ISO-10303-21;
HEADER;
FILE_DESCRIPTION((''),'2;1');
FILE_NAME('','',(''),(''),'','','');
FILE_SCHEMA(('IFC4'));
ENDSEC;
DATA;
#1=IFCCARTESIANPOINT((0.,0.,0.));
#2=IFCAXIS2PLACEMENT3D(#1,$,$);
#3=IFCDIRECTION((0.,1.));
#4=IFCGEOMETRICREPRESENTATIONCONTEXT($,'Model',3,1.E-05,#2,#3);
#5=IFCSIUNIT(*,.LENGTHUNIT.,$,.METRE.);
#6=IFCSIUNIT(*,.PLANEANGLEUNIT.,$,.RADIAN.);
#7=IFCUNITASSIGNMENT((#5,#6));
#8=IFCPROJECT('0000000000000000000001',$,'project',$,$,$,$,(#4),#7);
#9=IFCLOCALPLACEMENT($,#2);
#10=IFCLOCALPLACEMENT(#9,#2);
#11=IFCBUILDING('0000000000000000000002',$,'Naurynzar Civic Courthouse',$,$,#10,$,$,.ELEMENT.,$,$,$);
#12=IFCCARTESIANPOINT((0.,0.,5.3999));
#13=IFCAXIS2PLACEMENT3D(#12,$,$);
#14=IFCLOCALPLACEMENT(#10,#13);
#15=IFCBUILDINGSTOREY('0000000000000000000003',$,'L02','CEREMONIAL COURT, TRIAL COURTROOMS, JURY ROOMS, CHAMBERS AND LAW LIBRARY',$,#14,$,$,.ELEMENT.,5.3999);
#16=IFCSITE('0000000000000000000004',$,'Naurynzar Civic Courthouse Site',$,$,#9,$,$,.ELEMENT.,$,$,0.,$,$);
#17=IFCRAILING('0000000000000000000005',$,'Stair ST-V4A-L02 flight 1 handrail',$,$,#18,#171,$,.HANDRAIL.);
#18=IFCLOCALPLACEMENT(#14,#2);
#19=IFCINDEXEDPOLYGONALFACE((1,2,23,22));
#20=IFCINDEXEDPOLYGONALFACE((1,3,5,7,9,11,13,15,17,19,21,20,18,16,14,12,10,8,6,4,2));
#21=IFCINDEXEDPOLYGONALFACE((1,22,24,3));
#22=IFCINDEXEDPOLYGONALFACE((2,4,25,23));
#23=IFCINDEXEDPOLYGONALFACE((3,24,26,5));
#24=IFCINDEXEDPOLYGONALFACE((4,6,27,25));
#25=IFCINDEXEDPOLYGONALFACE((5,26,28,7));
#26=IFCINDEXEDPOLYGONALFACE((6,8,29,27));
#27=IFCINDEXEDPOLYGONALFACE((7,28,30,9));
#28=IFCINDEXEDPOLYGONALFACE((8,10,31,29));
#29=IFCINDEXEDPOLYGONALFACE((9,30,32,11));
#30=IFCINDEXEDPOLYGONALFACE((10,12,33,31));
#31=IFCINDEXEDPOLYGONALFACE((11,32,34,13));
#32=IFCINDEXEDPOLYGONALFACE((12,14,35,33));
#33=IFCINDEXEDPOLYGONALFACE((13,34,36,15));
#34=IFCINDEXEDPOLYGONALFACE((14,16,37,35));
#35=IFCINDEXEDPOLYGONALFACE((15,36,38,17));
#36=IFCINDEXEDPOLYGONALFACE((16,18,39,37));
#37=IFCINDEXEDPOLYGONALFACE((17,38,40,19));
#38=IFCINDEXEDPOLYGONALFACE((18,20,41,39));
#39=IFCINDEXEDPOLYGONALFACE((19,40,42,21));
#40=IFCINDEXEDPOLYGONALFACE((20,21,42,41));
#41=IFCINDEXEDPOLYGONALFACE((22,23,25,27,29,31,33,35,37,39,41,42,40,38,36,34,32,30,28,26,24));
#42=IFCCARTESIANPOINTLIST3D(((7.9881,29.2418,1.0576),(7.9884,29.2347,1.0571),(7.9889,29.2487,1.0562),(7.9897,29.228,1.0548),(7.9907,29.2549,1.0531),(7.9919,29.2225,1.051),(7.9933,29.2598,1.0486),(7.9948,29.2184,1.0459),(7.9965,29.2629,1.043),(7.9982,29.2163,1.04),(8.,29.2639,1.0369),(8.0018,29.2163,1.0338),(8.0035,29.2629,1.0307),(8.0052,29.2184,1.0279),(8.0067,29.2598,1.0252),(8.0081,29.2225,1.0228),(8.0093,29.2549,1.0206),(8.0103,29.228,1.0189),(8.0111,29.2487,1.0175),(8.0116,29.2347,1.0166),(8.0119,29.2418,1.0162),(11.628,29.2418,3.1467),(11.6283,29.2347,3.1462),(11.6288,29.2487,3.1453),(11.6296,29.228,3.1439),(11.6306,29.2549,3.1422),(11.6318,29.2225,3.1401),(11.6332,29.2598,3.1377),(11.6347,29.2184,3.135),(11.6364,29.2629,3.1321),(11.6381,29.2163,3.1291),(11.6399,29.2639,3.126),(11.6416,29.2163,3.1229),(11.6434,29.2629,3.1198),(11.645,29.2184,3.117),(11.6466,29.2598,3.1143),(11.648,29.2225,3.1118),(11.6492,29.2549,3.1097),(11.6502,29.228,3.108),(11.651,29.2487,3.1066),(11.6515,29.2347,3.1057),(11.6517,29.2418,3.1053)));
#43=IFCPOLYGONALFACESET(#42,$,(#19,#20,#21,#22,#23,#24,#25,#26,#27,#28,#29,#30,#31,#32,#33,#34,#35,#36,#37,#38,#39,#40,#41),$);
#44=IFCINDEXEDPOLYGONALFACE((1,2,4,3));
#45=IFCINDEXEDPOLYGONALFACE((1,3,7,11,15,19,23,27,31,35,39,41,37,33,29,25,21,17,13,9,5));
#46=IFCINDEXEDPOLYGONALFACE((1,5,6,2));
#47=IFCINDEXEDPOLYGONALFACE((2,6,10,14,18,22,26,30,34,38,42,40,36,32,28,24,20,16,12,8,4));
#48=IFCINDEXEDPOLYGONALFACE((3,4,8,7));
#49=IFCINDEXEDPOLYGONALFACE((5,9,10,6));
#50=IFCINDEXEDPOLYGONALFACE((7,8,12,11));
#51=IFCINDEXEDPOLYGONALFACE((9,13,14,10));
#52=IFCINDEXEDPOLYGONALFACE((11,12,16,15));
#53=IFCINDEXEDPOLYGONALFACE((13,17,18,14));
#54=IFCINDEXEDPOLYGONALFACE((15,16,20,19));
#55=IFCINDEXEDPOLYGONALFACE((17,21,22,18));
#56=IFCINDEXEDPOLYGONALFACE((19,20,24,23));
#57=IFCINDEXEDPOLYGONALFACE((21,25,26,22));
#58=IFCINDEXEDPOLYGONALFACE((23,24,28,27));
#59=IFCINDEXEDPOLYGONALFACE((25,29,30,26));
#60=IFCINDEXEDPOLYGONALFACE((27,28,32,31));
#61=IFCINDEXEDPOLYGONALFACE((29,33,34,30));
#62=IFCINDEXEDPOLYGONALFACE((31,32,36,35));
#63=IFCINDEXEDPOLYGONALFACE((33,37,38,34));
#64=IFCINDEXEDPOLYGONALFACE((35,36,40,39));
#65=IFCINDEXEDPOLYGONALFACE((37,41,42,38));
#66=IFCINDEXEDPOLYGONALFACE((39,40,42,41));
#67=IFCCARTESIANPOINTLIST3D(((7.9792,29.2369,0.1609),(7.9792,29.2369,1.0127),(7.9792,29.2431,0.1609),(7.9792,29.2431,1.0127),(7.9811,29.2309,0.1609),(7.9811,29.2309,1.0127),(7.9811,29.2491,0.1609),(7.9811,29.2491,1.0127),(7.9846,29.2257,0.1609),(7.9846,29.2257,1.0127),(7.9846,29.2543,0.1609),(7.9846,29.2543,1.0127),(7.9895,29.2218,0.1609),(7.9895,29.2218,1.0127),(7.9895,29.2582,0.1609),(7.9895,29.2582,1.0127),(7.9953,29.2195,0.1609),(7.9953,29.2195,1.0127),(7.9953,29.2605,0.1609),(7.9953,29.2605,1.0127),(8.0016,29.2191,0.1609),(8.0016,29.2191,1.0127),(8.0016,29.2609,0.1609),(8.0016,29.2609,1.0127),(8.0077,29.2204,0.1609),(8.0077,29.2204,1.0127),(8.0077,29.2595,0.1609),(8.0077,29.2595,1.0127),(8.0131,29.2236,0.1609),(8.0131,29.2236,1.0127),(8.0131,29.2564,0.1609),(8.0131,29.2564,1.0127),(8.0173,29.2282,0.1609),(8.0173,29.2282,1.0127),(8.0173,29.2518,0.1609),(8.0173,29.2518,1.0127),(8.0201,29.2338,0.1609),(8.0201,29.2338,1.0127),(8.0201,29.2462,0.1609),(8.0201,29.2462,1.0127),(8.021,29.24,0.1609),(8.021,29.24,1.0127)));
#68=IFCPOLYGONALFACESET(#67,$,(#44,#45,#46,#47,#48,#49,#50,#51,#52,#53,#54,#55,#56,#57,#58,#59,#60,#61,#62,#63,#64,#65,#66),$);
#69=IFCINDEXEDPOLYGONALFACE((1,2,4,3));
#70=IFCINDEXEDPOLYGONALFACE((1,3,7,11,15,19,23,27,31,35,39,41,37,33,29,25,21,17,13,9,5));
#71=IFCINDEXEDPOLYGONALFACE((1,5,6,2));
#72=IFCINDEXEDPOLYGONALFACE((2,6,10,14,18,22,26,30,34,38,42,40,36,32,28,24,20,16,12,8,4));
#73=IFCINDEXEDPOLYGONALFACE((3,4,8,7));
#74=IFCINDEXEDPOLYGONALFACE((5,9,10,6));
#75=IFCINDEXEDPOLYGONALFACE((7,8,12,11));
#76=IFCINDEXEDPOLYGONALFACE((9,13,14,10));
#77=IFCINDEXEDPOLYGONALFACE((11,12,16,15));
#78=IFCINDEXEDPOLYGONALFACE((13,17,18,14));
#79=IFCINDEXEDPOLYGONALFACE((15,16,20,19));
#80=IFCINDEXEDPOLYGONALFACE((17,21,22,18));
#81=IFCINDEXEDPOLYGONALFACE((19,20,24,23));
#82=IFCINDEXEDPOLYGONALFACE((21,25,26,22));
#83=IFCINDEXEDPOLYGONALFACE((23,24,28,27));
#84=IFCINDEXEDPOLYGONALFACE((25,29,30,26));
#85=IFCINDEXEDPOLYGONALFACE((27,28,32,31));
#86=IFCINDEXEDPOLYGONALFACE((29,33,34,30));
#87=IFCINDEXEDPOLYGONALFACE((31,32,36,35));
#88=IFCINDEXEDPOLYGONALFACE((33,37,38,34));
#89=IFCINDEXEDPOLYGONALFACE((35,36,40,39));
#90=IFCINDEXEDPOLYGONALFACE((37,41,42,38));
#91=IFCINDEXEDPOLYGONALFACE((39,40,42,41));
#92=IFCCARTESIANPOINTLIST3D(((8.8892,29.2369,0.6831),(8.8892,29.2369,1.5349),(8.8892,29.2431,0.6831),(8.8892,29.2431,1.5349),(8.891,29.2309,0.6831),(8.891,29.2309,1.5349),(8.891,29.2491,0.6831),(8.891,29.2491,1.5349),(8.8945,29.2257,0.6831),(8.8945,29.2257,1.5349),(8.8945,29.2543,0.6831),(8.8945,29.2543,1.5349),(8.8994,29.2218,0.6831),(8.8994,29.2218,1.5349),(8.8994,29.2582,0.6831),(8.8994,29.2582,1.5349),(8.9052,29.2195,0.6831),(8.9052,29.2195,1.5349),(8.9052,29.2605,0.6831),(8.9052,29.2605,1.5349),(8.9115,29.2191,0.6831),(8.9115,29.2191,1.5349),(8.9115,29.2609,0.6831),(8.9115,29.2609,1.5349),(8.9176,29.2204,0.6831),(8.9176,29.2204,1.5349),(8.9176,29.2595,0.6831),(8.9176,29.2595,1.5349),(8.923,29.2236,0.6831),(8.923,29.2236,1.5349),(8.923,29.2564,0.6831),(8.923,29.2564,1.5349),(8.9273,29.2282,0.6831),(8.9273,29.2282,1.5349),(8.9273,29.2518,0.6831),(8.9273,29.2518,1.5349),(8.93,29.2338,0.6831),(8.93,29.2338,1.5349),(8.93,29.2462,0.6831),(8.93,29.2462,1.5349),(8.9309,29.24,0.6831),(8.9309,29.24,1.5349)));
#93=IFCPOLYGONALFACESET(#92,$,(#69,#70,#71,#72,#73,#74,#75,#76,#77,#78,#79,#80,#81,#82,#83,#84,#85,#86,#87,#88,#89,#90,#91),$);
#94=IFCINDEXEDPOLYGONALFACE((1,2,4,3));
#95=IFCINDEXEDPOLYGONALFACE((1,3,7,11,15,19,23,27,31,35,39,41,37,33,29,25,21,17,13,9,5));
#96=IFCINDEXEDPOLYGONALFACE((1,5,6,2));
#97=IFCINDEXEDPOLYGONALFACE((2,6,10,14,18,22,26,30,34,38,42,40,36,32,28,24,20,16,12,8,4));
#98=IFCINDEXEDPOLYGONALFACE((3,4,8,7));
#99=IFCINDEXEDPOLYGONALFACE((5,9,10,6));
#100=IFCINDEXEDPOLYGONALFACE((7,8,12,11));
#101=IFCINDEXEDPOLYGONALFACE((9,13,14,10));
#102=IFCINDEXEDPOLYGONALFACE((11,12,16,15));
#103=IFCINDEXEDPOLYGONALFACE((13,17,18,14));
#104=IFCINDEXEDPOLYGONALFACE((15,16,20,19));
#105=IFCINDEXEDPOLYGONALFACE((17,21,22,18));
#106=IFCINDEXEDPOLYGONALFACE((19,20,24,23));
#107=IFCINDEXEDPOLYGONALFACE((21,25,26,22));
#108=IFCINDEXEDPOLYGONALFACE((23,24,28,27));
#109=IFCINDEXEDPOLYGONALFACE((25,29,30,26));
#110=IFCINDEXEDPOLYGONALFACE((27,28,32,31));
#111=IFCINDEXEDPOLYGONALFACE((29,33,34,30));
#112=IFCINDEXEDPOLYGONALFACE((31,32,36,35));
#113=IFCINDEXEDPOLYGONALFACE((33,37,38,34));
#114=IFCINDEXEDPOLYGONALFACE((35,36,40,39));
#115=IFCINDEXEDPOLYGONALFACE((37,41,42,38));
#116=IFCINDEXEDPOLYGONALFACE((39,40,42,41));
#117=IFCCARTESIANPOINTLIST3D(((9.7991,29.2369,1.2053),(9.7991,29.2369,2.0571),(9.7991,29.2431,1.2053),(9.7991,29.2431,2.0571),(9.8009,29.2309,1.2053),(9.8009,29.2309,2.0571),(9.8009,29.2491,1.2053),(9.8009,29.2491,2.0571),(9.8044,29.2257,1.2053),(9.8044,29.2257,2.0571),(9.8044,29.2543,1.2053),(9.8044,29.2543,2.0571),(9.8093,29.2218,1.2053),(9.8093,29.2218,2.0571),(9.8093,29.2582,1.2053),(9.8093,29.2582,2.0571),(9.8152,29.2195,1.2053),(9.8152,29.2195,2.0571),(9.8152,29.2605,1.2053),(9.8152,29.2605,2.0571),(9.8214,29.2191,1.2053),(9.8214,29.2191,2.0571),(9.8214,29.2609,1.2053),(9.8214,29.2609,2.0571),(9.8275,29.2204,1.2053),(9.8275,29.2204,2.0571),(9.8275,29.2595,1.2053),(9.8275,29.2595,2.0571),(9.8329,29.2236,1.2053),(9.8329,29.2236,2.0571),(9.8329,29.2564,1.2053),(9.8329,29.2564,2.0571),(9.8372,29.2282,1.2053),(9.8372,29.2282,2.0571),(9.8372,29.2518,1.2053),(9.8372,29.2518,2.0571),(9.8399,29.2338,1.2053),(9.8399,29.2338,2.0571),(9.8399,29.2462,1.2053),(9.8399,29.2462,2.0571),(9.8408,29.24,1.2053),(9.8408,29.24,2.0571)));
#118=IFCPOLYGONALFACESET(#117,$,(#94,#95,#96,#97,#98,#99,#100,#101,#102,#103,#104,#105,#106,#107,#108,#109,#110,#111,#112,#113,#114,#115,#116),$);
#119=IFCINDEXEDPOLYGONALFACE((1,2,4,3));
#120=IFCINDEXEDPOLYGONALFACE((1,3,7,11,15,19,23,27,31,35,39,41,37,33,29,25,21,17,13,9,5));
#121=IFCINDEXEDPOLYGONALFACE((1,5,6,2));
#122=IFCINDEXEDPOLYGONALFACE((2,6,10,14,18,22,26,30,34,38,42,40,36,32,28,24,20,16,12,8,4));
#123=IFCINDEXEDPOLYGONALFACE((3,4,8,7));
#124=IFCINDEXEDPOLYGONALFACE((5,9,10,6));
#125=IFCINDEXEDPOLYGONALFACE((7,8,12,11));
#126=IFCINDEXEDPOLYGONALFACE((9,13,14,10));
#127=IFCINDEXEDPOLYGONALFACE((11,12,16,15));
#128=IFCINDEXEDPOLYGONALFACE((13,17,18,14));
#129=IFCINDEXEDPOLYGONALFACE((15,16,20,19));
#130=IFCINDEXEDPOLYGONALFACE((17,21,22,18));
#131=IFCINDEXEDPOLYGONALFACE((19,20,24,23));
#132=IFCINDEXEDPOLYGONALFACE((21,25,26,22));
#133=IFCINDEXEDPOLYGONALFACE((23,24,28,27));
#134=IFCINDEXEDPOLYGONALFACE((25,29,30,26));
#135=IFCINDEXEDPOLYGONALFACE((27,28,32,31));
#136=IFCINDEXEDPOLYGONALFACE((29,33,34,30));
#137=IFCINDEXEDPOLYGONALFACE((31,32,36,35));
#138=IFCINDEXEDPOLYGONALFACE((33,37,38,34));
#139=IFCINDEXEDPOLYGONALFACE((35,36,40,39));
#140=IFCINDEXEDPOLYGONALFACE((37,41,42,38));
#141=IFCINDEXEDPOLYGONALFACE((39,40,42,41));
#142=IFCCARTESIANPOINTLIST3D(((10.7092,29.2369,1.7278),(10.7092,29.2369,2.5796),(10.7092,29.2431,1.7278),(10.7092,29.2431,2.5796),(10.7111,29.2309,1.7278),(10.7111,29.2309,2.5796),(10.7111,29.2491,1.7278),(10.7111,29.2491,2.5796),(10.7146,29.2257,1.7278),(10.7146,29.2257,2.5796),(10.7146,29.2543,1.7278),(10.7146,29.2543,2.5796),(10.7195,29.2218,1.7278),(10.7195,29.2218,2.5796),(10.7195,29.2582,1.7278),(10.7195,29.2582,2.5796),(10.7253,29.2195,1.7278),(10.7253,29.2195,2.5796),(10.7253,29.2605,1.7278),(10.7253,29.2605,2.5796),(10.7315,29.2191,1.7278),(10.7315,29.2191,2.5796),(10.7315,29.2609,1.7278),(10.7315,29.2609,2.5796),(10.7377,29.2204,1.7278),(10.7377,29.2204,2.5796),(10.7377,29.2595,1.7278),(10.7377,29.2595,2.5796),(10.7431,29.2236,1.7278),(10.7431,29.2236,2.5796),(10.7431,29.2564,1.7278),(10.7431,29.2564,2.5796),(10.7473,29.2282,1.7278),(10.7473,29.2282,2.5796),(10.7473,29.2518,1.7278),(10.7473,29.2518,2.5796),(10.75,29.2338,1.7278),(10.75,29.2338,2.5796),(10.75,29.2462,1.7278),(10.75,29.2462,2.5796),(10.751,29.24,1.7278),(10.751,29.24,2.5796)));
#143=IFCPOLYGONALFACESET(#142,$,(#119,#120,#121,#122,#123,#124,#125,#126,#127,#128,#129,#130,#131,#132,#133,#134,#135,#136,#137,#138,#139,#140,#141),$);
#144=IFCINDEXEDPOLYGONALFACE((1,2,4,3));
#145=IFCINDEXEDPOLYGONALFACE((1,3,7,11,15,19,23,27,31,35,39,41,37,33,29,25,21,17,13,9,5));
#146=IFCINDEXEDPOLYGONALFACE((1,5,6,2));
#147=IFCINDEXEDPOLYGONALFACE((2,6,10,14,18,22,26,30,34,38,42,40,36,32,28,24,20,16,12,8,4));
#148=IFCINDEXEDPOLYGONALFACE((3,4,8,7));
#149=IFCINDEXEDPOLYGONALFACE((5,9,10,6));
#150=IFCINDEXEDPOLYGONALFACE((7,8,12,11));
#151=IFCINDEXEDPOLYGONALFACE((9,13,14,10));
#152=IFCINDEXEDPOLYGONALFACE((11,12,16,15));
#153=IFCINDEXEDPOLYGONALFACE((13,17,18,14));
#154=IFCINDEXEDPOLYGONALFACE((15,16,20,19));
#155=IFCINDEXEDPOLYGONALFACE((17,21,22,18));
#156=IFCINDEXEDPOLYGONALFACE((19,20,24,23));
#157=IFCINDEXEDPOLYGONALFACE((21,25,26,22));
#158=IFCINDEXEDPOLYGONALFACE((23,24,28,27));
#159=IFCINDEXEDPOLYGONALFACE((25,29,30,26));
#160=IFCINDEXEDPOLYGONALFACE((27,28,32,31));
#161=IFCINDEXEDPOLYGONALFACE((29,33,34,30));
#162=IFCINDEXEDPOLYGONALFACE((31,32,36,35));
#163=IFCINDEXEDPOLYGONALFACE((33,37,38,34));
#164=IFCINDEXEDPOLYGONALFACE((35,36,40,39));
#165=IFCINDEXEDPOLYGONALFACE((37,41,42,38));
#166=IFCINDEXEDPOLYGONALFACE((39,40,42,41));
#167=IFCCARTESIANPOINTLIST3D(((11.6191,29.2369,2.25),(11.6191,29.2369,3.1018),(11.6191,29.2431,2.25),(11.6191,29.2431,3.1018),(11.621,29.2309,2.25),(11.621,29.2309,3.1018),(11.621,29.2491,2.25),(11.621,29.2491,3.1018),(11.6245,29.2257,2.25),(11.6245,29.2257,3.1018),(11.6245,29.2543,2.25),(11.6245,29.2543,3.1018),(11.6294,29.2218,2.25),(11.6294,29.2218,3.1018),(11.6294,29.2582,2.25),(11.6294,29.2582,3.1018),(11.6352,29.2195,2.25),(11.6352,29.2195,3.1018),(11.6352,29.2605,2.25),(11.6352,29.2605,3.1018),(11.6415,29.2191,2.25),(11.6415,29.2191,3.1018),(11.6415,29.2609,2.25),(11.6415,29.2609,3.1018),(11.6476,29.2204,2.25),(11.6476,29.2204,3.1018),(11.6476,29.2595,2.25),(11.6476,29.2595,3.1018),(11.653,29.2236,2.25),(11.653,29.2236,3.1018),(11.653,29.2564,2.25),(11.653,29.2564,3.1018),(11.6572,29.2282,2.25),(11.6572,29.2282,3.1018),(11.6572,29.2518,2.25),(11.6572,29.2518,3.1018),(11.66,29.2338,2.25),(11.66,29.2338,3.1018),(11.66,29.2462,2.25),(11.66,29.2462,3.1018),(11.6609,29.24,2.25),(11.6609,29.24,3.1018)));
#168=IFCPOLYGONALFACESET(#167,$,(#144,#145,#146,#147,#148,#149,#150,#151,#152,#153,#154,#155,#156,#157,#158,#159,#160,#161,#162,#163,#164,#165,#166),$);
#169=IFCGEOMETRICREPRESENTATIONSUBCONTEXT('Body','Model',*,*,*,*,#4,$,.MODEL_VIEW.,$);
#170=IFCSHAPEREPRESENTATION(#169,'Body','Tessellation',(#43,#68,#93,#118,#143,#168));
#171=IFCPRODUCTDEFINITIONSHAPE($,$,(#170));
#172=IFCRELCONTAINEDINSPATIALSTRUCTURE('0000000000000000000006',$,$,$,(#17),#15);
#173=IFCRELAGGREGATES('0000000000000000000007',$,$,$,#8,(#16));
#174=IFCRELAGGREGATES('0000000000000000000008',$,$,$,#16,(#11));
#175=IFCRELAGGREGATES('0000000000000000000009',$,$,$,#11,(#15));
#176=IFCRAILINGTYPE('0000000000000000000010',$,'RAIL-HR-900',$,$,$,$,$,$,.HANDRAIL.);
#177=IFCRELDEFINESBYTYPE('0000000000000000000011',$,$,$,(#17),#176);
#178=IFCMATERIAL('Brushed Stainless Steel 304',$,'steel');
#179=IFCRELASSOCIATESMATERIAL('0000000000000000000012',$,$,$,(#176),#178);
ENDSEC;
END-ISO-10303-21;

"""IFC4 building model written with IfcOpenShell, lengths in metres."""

from ifc_helpers import new_model, si_unit, direction, frame, origin, origin_2d, place, context, subcontext, project, spatial, circle, extrude, material, type_object, element, save


model = new_model("IFC4")

# Units and contexts
model_context = context("Model", 3, precision=1e-05, world=origin(), true_north=direction((0.0, 1.0)))
body_context = subcontext(model_context, "Body", "Model", "MODEL_VIEW")
ifc_project = project(units=[si_unit("LENGTHUNIT", "METRE"), si_unit("PLANEANGLEUNIT", "RADIAN")], contexts=[model_context])

# Site, building, storey
site_placement = place(None, origin())
site = spatial("IfcSite", under=ifc_project, at=site_placement, Name="Naurynzar Civic Courthouse Site", CompositionType="ELEMENT", RefElevation=0.0)
building_placement = place(site_placement, origin())
building = spatial("IfcBuilding", under=site, at=building_placement, Name="Naurynzar Civic Courthouse", CompositionType="ELEMENT")
storey_placement = place(building_placement, frame((0.0, 0.0, 5.3999)))
storey = spatial("IfcBuildingStorey", under=building, at=storey_placement, Name="L02", Description="CEREMONIAL COURT, TRIAL COURTROOMS, JURY ROOMS, CHAMBERS AND LAW LIBRARY", CompositionType="ELEMENT", Elevation=5.3999)

# Railing
ifc_material_1 = material(Name="Brushed Stainless Steel 304", Category="steel")
railing_type_1 = type_object("IfcRailingType", Name="RAIL-HR-900", PredefinedType="HANDRAIL", material=ifc_material_1)
railing_1_placement = place(storey_placement, frame((8.0, 29.24, 0.1609)))
element("IfcRailing", 1, at=railing_1_placement, inside=storey, type_object=railing_type_1, Name="Stair ST-V4A-L02 flight 1 handrail", PredefinedType="HANDRAIL", context=body_context, shape_type="SweptSolid", body=[
    extrude(circle(Radius=0.0239, at=origin_2d()), frame((0.0, 0.0, 0.876), z_axis=(0.8673, 0.0, 0.497786), x_axis=(0.0, 1.0, 0.0)), (0.0, 0.0, 1.0), 4.1968),
    extrude(circle(Radius=0.021, at=origin_2d()), origin(), (0.0, 0.0, 1.0), 0.8518),
    extrude(circle(Radius=0.021, at=origin_2d()), frame((0.9099, 0.0, 0.5222)), (0.0, 0.0, 1.0), 0.8518),
    extrude(circle(Radius=0.021, at=origin_2d()), frame((1.8198, 0.0, 1.0444)), (0.0, 0.0, 1.0), 0.8518),
    extrude(circle(Radius=0.021, at=origin_2d()), frame((2.73, 0.0, 1.5669)), (0.0, 0.0, 1.0), 0.8518),
    extrude(circle(Radius=0.021, at=origin_2d()), frame((3.6399, 0.0, 2.0891)), (0.0, 0.0, 1.0), 0.8518),
])

save(model, "model.ifc")
